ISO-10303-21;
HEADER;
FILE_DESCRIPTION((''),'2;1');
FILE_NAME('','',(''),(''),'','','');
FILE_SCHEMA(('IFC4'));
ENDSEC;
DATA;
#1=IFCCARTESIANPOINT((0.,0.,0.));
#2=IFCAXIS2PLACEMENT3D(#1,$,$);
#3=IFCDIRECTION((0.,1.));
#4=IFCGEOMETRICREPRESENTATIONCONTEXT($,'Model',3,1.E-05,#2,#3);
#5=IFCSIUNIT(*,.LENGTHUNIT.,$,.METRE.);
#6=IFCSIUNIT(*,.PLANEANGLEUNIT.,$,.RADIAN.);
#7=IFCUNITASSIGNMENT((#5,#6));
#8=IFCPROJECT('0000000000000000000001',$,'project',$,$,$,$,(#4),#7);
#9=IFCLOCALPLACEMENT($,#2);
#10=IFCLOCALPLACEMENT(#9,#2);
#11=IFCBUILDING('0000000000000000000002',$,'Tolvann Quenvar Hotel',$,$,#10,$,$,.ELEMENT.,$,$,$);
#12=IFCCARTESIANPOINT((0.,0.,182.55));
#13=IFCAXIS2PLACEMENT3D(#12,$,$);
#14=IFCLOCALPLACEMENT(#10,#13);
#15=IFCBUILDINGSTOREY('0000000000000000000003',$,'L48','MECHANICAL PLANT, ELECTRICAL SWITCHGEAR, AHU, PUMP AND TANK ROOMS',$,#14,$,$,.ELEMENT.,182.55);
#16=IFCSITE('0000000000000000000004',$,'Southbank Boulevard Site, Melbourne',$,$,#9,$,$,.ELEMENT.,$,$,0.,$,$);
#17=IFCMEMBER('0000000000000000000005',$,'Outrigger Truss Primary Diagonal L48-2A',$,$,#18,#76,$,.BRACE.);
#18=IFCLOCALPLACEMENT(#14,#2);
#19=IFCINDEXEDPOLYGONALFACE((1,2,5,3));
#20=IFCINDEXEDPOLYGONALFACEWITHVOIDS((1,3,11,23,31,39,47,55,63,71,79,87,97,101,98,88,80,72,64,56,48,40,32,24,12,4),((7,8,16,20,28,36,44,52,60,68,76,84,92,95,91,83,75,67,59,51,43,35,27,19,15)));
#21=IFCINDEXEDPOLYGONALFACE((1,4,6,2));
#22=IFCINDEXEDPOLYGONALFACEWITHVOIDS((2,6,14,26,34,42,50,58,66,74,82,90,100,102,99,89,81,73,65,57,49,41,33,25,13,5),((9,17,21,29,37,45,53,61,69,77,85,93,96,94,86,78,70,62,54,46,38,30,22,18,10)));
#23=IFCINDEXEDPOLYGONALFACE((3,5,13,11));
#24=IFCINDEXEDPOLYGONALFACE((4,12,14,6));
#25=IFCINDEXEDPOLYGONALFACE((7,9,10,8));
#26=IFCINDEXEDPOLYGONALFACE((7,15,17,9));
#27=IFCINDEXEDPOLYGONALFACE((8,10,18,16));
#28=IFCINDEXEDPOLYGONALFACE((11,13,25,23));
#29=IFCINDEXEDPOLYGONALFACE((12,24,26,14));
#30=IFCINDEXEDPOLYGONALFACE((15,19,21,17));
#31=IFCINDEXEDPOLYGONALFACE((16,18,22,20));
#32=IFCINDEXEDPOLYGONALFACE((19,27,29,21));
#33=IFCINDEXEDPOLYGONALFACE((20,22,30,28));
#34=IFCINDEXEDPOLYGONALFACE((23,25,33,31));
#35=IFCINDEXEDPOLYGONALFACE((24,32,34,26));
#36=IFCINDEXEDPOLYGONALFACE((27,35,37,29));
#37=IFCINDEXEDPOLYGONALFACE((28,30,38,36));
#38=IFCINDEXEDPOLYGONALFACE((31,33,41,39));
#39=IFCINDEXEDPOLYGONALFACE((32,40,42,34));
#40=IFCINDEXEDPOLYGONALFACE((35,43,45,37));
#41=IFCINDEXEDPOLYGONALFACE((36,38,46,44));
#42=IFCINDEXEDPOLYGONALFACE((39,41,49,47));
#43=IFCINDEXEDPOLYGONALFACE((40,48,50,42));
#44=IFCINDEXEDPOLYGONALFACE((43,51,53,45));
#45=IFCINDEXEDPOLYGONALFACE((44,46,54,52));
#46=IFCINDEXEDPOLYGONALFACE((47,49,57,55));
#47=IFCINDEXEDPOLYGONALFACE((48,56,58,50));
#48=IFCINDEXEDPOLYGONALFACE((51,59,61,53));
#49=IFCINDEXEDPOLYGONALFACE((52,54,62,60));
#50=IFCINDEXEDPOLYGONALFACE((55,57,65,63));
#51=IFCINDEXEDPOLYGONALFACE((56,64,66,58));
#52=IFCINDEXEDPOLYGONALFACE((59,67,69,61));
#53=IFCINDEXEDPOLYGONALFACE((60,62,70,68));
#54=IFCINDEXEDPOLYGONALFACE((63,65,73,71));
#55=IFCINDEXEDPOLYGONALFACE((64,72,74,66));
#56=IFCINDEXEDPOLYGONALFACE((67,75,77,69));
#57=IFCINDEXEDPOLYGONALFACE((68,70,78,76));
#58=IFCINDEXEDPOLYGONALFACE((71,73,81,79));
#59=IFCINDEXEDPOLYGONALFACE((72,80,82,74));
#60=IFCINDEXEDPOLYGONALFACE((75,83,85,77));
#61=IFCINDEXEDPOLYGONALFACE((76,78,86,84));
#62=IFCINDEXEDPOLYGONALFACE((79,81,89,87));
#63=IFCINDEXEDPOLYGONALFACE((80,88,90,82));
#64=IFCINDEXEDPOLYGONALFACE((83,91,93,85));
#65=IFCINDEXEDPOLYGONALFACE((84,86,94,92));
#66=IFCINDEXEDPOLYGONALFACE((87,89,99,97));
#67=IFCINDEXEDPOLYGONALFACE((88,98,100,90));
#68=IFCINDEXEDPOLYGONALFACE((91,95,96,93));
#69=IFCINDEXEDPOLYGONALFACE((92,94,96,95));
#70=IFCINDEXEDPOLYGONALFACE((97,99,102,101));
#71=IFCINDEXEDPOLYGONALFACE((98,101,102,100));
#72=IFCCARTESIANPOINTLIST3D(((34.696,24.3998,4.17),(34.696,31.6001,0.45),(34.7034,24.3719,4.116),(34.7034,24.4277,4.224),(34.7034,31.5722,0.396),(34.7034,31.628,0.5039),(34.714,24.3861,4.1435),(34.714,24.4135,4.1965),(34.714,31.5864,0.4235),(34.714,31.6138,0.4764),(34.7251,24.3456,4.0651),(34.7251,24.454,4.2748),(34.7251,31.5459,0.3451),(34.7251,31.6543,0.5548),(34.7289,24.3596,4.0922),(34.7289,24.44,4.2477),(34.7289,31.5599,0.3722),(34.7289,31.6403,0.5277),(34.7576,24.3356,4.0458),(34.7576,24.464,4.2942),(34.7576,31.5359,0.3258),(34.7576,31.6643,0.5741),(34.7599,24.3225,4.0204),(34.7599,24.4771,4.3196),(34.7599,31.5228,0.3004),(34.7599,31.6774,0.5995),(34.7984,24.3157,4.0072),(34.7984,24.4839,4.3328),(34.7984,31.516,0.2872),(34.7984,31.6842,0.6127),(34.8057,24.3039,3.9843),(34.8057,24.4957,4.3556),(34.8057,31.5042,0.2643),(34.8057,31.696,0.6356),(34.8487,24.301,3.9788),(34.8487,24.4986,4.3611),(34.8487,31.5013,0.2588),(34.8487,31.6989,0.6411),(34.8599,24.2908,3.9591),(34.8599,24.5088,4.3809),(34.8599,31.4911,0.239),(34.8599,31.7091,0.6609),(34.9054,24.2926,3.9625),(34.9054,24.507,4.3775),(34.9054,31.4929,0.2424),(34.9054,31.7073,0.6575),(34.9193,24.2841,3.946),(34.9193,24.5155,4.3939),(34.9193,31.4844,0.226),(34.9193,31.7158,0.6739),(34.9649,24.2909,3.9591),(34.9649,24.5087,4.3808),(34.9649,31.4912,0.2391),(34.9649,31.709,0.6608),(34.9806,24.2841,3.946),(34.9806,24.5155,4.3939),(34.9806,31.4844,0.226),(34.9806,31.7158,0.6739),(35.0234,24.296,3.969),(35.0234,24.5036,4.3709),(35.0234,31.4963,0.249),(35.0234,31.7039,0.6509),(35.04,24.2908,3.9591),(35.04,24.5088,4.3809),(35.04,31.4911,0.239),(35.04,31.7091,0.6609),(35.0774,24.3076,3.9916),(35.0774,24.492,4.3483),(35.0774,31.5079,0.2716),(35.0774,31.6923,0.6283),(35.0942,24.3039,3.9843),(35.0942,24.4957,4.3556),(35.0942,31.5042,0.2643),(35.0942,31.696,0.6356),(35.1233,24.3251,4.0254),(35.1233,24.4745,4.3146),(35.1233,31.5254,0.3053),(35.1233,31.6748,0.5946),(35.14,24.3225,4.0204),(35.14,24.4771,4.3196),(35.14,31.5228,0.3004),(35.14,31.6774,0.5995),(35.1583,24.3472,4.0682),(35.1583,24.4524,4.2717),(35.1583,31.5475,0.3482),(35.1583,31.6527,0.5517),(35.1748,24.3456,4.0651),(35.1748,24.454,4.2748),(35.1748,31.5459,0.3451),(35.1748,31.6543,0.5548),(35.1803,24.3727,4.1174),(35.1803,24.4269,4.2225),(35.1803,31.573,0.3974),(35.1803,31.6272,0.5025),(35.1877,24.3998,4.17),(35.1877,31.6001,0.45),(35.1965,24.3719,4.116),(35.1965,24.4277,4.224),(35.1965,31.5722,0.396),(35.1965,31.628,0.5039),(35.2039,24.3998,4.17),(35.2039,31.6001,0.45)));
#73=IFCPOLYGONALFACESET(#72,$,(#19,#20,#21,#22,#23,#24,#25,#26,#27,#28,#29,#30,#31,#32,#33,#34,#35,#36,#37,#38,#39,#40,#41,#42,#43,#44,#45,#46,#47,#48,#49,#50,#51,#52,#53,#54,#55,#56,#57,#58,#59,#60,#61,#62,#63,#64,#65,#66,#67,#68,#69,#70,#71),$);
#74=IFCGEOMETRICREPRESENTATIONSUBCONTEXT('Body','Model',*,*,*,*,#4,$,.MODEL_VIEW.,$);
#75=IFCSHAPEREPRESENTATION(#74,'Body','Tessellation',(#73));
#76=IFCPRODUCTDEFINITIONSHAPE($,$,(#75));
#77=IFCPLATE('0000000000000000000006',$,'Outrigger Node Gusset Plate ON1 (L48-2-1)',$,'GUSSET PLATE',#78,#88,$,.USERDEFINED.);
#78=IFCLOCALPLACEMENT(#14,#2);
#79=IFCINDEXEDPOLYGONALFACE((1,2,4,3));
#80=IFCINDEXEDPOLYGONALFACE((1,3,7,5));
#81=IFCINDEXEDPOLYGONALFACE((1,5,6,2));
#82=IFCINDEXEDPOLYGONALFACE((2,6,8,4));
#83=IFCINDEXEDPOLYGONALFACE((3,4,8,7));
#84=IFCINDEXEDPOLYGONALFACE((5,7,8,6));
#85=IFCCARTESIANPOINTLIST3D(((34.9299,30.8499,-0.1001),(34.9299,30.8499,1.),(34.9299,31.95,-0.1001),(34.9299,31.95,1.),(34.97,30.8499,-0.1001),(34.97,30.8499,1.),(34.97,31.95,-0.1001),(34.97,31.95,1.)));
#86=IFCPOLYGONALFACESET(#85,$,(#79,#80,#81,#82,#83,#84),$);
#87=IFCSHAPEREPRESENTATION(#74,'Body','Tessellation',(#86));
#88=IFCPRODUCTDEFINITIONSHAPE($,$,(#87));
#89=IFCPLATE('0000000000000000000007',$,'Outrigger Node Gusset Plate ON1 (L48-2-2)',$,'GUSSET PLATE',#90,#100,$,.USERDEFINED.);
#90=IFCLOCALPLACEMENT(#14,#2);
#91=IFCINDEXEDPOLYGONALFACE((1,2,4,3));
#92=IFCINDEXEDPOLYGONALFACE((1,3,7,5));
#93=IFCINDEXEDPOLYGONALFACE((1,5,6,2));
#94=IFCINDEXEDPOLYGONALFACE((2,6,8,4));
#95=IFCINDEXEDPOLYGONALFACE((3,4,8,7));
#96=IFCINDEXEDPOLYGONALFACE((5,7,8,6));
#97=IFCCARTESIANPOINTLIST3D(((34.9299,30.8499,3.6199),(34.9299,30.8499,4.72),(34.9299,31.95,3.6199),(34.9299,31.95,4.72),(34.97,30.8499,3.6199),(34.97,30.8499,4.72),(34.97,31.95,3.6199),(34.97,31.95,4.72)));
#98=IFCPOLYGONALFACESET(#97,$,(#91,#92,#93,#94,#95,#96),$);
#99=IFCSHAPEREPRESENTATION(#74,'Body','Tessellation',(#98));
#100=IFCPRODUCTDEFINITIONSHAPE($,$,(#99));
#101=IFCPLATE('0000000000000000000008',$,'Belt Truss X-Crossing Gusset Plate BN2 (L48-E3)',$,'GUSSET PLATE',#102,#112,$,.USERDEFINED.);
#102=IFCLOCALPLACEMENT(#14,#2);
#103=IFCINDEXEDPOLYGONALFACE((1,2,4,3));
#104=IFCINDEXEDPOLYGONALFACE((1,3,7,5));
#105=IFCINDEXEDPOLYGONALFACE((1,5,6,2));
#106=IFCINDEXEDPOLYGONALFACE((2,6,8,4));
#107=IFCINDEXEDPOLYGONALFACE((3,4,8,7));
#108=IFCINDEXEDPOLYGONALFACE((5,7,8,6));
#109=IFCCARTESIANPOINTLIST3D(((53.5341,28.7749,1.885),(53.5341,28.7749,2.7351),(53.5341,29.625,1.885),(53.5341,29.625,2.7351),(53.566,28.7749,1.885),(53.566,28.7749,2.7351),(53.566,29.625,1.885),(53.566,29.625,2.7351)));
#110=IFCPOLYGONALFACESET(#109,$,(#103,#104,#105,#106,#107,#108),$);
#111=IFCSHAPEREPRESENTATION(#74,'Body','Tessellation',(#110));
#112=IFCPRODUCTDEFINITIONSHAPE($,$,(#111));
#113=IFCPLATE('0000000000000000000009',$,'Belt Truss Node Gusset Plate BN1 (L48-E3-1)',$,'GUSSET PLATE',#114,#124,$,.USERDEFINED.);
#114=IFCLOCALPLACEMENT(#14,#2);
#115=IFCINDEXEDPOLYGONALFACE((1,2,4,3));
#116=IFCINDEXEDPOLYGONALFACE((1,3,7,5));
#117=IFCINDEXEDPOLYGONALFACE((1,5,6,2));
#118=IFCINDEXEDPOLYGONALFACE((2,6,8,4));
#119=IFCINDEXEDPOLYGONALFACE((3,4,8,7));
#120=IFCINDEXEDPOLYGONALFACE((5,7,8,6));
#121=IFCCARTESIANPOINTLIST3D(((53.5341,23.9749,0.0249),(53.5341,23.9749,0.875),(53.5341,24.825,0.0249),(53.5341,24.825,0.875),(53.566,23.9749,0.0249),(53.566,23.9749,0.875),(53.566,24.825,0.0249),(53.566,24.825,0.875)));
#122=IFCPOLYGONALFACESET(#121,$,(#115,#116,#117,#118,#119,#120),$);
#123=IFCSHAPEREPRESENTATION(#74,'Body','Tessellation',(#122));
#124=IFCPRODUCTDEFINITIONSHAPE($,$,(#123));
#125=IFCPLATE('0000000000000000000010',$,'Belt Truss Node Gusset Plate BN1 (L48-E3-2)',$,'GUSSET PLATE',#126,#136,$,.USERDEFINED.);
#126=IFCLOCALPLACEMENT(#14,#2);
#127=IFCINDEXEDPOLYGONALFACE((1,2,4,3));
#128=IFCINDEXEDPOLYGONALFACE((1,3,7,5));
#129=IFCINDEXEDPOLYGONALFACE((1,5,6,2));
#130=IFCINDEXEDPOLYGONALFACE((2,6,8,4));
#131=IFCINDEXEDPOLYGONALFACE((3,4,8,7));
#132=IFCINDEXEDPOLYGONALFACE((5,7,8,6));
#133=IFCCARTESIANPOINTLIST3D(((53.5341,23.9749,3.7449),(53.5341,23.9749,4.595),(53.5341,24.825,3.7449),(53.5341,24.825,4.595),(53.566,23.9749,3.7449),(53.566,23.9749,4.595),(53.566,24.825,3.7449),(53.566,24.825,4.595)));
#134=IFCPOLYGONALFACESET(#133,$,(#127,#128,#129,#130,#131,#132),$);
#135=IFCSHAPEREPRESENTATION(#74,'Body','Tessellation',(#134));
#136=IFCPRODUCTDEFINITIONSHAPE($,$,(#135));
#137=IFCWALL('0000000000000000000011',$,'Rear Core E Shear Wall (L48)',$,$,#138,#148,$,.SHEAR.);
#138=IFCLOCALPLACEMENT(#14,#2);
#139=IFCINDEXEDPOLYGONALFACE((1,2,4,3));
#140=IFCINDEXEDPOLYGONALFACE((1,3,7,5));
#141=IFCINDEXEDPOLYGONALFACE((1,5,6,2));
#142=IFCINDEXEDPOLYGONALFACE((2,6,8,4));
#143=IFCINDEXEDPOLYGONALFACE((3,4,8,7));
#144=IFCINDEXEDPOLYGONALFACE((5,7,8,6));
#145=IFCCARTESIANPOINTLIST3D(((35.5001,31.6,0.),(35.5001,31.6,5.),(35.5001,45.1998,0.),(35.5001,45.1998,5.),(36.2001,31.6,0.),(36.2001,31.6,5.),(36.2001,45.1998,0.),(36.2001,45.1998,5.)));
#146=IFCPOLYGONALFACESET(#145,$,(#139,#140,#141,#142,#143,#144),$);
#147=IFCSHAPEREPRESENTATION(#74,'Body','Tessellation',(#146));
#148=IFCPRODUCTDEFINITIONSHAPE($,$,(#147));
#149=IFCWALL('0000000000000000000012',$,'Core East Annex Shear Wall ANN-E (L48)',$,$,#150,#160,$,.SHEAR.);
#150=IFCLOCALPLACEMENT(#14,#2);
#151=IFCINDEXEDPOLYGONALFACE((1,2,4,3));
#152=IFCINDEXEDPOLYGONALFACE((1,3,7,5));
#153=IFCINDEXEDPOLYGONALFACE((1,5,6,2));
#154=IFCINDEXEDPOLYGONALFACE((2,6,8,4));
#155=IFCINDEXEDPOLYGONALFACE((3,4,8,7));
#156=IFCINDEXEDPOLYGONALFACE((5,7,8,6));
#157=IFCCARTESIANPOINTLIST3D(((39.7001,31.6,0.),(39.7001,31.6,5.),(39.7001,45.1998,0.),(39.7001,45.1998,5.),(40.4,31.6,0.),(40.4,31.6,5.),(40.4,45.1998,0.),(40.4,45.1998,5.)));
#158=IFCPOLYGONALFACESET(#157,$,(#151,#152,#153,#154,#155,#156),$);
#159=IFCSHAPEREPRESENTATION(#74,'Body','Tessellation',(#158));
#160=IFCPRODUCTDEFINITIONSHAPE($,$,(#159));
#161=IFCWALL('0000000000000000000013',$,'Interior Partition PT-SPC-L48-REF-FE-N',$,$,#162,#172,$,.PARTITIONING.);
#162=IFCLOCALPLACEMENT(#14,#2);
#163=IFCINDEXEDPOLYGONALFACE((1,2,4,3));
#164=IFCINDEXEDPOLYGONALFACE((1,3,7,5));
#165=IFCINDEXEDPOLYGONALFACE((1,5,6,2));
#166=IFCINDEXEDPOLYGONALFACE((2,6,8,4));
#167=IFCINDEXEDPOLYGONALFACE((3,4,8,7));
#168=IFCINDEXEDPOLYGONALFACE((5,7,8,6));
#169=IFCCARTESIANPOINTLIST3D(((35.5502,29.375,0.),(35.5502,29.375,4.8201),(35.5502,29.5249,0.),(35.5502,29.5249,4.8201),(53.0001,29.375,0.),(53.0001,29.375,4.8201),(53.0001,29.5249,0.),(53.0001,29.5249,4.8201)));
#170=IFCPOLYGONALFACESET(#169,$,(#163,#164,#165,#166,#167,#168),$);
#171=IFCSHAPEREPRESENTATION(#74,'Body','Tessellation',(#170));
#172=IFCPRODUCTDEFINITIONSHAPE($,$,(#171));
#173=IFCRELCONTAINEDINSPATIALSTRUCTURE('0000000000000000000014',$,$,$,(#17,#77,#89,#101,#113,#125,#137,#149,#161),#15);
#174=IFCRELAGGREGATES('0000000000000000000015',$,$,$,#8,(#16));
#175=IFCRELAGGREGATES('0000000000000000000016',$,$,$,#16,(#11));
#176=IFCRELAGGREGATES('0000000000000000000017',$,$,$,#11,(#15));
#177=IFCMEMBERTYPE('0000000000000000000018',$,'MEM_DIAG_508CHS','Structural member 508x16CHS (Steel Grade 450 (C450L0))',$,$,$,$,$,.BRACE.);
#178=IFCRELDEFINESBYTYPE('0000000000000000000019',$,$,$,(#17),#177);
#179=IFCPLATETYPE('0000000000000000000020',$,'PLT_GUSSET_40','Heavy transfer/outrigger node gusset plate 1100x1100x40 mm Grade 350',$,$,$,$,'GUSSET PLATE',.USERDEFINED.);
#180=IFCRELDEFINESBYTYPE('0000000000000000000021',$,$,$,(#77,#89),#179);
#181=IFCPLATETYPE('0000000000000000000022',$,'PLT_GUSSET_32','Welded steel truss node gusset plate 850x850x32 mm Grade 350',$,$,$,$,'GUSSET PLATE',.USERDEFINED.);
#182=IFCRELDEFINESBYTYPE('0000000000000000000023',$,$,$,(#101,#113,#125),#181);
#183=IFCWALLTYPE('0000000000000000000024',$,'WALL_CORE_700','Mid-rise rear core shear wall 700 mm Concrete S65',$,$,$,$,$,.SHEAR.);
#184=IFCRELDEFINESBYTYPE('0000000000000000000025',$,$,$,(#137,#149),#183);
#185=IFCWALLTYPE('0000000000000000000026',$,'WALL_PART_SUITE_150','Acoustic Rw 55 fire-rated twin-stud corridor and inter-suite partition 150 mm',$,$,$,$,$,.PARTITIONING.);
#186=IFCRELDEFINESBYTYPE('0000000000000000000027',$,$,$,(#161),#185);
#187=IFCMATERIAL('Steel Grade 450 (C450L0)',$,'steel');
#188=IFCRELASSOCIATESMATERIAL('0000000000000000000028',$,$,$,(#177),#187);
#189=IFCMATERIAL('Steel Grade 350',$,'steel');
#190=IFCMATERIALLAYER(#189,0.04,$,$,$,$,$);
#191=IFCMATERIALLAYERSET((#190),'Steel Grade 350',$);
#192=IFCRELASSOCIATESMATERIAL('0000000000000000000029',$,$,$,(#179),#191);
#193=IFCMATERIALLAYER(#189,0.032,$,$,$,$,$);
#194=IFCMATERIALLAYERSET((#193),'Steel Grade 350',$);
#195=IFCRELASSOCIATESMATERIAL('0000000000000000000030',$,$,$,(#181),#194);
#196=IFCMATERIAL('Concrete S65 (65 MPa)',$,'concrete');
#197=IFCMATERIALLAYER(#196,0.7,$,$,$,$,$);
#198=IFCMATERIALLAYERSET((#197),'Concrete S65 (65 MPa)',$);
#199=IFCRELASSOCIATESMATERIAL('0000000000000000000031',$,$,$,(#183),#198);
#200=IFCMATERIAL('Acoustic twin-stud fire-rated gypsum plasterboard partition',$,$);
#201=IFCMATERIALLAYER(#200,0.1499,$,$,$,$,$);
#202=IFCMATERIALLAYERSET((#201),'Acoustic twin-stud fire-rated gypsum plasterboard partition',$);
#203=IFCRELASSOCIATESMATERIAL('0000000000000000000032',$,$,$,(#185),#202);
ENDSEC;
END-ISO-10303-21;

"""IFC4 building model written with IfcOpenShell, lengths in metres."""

from ifc_helpers import new_model, si_unit, direction, frame, frame_2d, origin, origin_2d, place, context, subcontext, project, spatial, rectangle, hollow_circle, extrude, source, transform, mapped, material, layer, layer_set, material_profile, profile_set, type_object, type_shapes, element, save


model = new_model("IFC4")

# Units and contexts
model_context = context("Model", 3, precision=1e-05, world=origin(), true_north=direction((0.0, 1.0)))
body_context = subcontext(model_context, "Body", "Model", "MODEL_VIEW")
ifc_project = project(units=[si_unit("LENGTHUNIT", "METRE"), si_unit("PLANEANGLEUNIT", "RADIAN")], contexts=[model_context])

# Site, building, storey
site_placement = place(None, origin())
site = spatial("IfcSite", under=ifc_project, at=site_placement, Name="Southbank Boulevard Site, Melbourne", CompositionType="ELEMENT", RefElevation=0.0)
building_placement = place(site_placement, origin())
building = spatial("IfcBuilding", under=site, at=building_placement, Name="Tolvann Quenvar Hotel", CompositionType="ELEMENT")
storey_placement = place(building_placement, frame((0.0, 0.0, 182.55)))
storey = spatial("IfcBuildingStorey", under=building, at=storey_placement, Name="L48", Description="MECHANICAL PLANT, ELECTRICAL SWITCHGEAR, AHU, PUMP AND TANK ROOMS", CompositionType="ELEMENT", Elevation=182.55)

# Shared definitions
ifc_material_1 = material(Name="Steel Grade 350", Category="steel")

# Shared definitions
ifc_material_2 = material(Name="Steel Grade 450 (C450L0)", Category="steel")

# Member
ifc_material_profile_1 = material_profile(ifc_material_2, hollow_circle(Radius=0.2539, WallThickness=0.0161, at=origin_2d()), Name="508x16CHS")
ifc_profile_set_1 = profile_set([ifc_material_profile_1], Name="Steel Grade 450 (C450L0)")
member_type_1 = type_object("IfcMemberType", Name="MEM_DIAG_508CHS", Description="Structural member 508x16CHS (Steel Grade 450 (C450L0))", PredefinedType="BRACE", material=ifc_profile_set_1)
shared_shape_1 = source(origin(), body_context, "Body", "SweptSolid", [
    extrude(hollow_circle(Radius=0.2539, WallThickness=0.0161, at=origin_2d()), origin(), (0.0, 0.0, 1.0), 8.1045),
])
type_shapes(member_type_1, [shared_shape_1])
member_1_placement = place(storey_placement, frame((34.95, 31.6001, 0.45), z_axis=(0.0, -0.888432, 0.459007), x_axis=(1.0, 0.0, 0.0)))
element("IfcMember", 1, at=member_1_placement, inside=storey, type_object=member_type_1, Name="Outrigger Truss Primary Diagonal L48-2A", PredefinedType="BRACE", context=body_context, shape_type="MappedRepresentation", body=[
    mapped(shared_shape_1, transform((0.0, 0.0, 0.0), x_axis=(1.0, 0.0, 0.0), y_axis=(0.0, 1.0, 0.0), z_axis=(0.0, 0.0, 1.0), scale=1.0)),
])

# Plates
ifc_layer_1 = layer(ifc_material_1, 0.04)
ifc_layer_set_1 = layer_set([ifc_layer_1], Name="Steel Grade 350")
plate_type_1 = type_object("IfcPlateType", Name="PLT_GUSSET_40", Description="Heavy transfer/outrigger node gusset plate 1100x1100x40 mm Grade 350", ElementType="GUSSET PLATE", PredefinedType="USERDEFINED", material=ifc_layer_set_1)
shared_shape_2 = source(origin(), body_context, "Body", "SweptSolid", [
    extrude(rectangle(XDim=0.04, YDim=1.1001, at=origin_2d()), origin(), (0.0, 0.0, 1.0), 1.1001),
])
type_shapes(plate_type_1, [shared_shape_2])
for number, where, z_axis, x_axis, name in (
    (2, (34.95, 31.3999, -0.1001), (0.0, 0.0, 1.0), (1.0, 0.0, 0.0), "Outrigger Node Gusset Plate ON1 (L48-2-1)"),
    (3, (34.95, 31.3999, 3.6199), (0.0, 0.0, 1.0), (1.0, 0.0, 0.0), "Outrigger Node Gusset Plate ON1 (L48-2-2)"),
):
    element("IfcPlate", number, at=place(storey_placement, frame(where, z_axis=z_axis, x_axis=x_axis)), inside=storey, type_object=plate_type_1, Name=name, ObjectType="GUSSET PLATE", PredefinedType="USERDEFINED", context=body_context, shape_type="MappedRepresentation", body=[
        mapped(shared_shape_2, transform((0.0, 0.0, 0.0), x_axis=(1.0, 0.0, 0.0), y_axis=(0.0, 1.0, 0.0), z_axis=(0.0, 0.0, 1.0), scale=1.0)),
    ])
ifc_layer_2 = layer(ifc_material_1, 0.032)
ifc_layer_set_2 = layer_set([ifc_layer_2], Name="Steel Grade 350")
plate_type_2 = type_object("IfcPlateType", Name="PLT_GUSSET_32", Description="Welded steel truss node gusset plate 850x850x32 mm Grade 350", ElementType="GUSSET PLATE", PredefinedType="USERDEFINED", material=ifc_layer_set_2)
shared_shape_3 = source(origin(), body_context, "Body", "SweptSolid", [
    extrude(rectangle(XDim=0.032, YDim=0.8501, at=origin_2d()), origin(), (0.0, 0.0, 1.0), 0.8501),
])
type_shapes(plate_type_2, [shared_shape_3])
for number, where, z_axis, x_axis, name in (
    (4, (53.55, 29.2, 1.885), (0.0, 0.0, 1.0), (1.0, 0.0, 0.0), "Belt Truss X-Crossing Gusset Plate BN2 (L48-E3)"),
    (5, (53.55, 24.3999, 0.0249), (0.0, 0.0, 1.0), (1.0, 0.0, 0.0), "Belt Truss Node Gusset Plate BN1 (L48-E3-1)"),
    (6, (53.55, 24.3999, 3.7449), (0.0, 0.0, 1.0), (1.0, 0.0, 0.0), "Belt Truss Node Gusset Plate BN1 (L48-E3-2)"),
):
    element("IfcPlate", number, at=place(storey_placement, frame(where, z_axis=z_axis, x_axis=x_axis)), inside=storey, type_object=plate_type_2, Name=name, ObjectType="GUSSET PLATE", PredefinedType="USERDEFINED", context=body_context, shape_type="MappedRepresentation", body=[
        mapped(shared_shape_3, transform((0.0, 0.0, 0.0), x_axis=(1.0, 0.0, 0.0), y_axis=(0.0, 1.0, 0.0), z_axis=(0.0, 0.0, 1.0), scale=1.0)),
    ])

# Walls
ifc_material_3 = material(Name="Concrete S65 (65 MPa)", Category="concrete")
ifc_layer_3 = layer(ifc_material_3, 0.7)
ifc_layer_set_3 = layer_set([ifc_layer_3], Name="Concrete S65 (65 MPa)")
wall_type_1 = type_object("IfcWallType", Name="WALL_CORE_700", Description="Mid-rise rear core shear wall 700 mm Concrete S65", PredefinedType="SHEAR", material=ifc_layer_set_3)
for number, where, z_axis, x_axis, name in (
    (7, (35.8501, 31.6001, 0.0), (0.0, 0.0, 1.0), (0.0, 1.0, 0.0), "Rear Core E Shear Wall (L48)"),
    (8, (40.05, 31.6001, 0.0), (0.0, 0.0, 1.0), (0.0, 1.0, 0.0), "Core East Annex Shear Wall ANN-E (L48)"),
):
    element("IfcWall", number, at=place(storey_placement, frame(where, z_axis=z_axis, x_axis=x_axis)), inside=storey, type_object=wall_type_1, Name=name, PredefinedType="SHEAR", context=body_context, shape_type="SweptSolid", body=[
        extrude(rectangle(XDim=13.5999, YDim=0.7, at=frame_2d((6.7998, 0.0))), origin(), (0.0, 0.0, 1.0), 5.0),
    ])
ifc_material_4 = material(Name="Acoustic twin-stud fire-rated gypsum plasterboard partition")
ifc_layer_4 = layer(ifc_material_4, 0.1499)
ifc_layer_set_4 = layer_set([ifc_layer_4], Name="Acoustic twin-stud fire-rated gypsum plasterboard partition")
wall_type_2 = type_object("IfcWallType", Name="WALL_PART_SUITE_150", Description="Acoustic Rw 55 fire-rated twin-stud corridor and inter-suite partition 150 mm", PredefinedType="PARTITIONING", material=ifc_layer_set_4)
wall_placement = place(storey_placement, frame((35.55, 29.45, 0.0), z_axis=(0.0, 0.0, 1.0), x_axis=(1.0, 0.0, 0.0)))
element("IfcWall", 9, at=wall_placement, inside=storey, type_object=wall_type_2, Name="Interior Partition PT-SPC-L48-REF-FE-N", PredefinedType="PARTITIONING", context=body_context, shape_type="SweptSolid", body=[
    extrude(rectangle(XDim=17.45, YDim=0.1499, at=frame_2d((8.7251, 0.0))), origin(), (0.0, 0.0, 1.0), 4.8201),
])

save(model, "model.ifc")
